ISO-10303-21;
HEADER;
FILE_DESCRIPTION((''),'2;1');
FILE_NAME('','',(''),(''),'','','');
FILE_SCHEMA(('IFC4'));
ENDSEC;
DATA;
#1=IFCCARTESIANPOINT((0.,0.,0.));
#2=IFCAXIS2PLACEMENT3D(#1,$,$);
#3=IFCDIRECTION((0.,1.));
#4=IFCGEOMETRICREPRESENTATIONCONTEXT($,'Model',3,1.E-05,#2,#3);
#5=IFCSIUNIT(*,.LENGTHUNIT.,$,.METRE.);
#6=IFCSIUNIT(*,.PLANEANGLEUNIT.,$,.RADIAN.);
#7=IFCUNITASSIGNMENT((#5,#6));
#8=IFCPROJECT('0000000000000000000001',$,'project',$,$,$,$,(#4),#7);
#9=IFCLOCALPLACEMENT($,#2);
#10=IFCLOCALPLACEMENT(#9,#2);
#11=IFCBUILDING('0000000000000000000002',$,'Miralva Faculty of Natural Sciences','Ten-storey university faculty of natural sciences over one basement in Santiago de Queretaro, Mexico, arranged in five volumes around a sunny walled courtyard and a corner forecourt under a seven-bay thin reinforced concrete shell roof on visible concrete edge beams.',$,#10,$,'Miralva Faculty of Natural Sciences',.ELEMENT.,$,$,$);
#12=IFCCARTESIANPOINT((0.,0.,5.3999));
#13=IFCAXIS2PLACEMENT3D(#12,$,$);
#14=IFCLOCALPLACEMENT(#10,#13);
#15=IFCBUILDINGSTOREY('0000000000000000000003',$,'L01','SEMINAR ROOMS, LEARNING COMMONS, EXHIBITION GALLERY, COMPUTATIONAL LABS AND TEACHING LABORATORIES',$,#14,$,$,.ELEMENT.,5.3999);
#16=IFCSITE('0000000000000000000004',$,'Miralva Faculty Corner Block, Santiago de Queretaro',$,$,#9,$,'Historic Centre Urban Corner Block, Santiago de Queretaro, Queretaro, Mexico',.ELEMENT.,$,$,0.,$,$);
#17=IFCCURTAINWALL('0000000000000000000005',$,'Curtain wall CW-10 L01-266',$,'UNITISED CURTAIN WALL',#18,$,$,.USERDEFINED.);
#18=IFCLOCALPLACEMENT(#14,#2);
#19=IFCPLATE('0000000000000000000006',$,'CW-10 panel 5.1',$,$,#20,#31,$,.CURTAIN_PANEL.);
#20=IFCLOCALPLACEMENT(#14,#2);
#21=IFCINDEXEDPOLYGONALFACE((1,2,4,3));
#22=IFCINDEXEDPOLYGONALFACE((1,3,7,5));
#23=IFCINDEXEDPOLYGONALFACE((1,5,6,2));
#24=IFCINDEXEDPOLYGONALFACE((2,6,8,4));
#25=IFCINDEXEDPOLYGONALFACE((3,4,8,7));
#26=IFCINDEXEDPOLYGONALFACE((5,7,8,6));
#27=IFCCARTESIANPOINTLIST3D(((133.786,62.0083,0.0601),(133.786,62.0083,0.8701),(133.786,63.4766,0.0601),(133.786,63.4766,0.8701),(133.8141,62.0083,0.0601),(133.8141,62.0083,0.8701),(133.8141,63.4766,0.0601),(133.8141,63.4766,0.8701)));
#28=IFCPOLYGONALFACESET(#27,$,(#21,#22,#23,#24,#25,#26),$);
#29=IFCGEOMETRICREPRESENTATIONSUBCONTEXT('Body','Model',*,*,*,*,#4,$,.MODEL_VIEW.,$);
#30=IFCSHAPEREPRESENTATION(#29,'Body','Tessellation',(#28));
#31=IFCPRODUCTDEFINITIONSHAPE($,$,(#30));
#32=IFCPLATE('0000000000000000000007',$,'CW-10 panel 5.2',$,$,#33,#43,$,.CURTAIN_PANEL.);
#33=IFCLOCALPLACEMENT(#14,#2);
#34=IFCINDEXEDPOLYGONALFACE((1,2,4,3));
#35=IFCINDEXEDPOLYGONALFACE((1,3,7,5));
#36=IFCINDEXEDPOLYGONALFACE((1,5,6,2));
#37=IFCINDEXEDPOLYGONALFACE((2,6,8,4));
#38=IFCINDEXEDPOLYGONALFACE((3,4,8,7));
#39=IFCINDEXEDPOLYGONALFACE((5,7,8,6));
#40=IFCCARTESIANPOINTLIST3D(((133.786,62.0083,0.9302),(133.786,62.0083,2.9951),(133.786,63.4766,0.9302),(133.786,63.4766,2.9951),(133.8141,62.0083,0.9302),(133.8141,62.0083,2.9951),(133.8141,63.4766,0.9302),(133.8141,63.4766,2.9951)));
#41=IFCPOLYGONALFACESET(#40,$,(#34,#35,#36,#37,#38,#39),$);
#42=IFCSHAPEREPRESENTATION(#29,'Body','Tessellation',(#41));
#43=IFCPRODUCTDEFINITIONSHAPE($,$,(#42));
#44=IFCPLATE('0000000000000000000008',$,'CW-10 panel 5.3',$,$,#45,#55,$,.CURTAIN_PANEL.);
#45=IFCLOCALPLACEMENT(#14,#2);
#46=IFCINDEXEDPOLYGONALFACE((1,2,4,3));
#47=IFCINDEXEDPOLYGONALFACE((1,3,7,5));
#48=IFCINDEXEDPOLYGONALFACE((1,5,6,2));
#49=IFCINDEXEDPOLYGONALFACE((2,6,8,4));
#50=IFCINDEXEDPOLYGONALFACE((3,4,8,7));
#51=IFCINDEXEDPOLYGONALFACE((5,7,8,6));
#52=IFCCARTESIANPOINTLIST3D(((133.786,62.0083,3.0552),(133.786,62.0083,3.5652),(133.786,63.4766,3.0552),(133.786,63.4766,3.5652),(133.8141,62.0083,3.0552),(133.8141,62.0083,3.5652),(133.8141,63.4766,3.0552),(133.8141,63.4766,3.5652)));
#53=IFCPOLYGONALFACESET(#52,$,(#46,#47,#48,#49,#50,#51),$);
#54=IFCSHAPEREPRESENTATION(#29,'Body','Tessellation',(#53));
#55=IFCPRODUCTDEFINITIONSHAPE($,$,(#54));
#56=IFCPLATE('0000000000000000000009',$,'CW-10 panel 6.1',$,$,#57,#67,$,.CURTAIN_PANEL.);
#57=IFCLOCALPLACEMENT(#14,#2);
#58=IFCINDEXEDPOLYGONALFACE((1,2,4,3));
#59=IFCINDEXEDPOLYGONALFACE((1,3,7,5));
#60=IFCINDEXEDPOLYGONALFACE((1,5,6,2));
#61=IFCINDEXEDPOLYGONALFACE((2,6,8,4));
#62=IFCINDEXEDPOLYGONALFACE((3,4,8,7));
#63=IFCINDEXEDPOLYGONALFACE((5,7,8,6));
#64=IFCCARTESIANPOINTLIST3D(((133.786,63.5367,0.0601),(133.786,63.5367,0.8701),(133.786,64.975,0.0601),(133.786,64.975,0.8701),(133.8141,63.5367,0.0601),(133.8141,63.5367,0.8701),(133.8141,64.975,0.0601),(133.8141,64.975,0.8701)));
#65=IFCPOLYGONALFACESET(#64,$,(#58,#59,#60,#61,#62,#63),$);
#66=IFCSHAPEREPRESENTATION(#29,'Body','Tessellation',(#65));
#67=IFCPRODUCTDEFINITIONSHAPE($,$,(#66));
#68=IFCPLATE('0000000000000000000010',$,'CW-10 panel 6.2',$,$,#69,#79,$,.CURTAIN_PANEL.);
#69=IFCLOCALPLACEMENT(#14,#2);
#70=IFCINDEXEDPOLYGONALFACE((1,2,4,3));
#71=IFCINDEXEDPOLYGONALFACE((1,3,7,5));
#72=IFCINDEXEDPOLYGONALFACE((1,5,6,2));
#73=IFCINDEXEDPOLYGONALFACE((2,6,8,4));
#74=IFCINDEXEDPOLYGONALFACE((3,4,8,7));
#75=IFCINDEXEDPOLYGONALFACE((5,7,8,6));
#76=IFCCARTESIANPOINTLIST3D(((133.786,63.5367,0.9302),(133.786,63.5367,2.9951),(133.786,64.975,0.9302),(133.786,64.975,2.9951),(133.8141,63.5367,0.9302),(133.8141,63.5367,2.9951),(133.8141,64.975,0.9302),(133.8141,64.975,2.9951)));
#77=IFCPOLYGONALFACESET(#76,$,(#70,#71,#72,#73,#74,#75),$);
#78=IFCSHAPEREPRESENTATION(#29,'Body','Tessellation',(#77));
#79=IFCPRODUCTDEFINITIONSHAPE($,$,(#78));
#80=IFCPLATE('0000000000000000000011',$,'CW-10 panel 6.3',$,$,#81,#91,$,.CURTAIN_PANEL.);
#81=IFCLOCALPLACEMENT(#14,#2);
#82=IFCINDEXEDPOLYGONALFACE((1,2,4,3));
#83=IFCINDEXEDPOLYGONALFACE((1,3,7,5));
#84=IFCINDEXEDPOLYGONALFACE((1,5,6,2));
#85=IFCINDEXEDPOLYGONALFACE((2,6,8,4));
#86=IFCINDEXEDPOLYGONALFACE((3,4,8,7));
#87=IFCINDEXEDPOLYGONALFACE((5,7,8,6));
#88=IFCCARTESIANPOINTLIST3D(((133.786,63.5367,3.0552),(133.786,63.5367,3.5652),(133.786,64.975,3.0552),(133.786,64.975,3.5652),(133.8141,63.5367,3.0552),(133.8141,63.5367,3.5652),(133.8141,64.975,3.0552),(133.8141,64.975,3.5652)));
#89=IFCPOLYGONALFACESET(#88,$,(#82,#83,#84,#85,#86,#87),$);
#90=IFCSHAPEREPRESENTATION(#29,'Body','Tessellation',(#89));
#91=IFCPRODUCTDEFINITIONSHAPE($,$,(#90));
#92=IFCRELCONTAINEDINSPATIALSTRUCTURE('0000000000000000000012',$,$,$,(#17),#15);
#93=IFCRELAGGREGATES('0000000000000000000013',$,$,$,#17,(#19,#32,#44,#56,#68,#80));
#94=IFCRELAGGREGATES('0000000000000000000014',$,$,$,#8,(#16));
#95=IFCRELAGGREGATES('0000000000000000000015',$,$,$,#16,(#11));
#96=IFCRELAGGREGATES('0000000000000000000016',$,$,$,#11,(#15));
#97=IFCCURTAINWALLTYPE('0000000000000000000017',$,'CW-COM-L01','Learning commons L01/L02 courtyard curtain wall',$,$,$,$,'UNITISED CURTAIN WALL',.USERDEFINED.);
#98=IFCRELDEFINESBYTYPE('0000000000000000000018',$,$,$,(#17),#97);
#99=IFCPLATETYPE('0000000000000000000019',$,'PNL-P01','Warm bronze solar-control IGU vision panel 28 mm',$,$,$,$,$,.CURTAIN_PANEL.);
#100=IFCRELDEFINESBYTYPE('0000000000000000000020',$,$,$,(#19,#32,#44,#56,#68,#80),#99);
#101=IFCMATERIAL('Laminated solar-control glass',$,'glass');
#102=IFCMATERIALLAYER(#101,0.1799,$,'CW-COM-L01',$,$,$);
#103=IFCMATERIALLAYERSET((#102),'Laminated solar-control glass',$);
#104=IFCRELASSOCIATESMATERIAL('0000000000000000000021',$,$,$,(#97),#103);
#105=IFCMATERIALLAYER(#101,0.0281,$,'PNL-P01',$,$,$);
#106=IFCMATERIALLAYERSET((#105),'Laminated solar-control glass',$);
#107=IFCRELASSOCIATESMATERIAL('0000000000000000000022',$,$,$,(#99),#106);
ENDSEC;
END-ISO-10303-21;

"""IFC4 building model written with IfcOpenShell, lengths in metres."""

from ifc_helpers import new_model, si_unit, direction, frame, origin, origin_2d, place, context, subcontext, project, spatial, rectangle, extrude, material, layer, layer_set, type_object, element, aggregate, save


model = new_model("IFC4")

# Units and contexts
model_context = context("Model", 3, precision=1e-05, world=origin(), true_north=direction((0.0, 1.0)))
body_context = subcontext(model_context, "Body", "Model", "MODEL_VIEW")
ifc_project = project(units=[si_unit("LENGTHUNIT", "METRE"), si_unit("PLANEANGLEUNIT", "RADIAN")], contexts=[model_context])

# Site, building, storey
site_placement = place(None, origin())
site = spatial("IfcSite", under=ifc_project, at=site_placement, Name="Miralva Faculty Corner Block, Santiago de Queretaro", LongName="Historic Centre Urban Corner Block, Santiago de Queretaro, Queretaro, Mexico", CompositionType="ELEMENT", RefElevation=0.0)
building_placement = place(site_placement, origin())
building = spatial("IfcBuilding", under=site, at=building_placement, Name="Miralva Faculty of Natural Sciences", Description="Ten-storey university faculty of natural sciences over one basement in Santiago de Queretaro, Mexico, arranged in five volumes around a sunny walled courtyard and a corner forecourt under a seven-bay thin reinforced concrete shell roof on visible concrete edge beams.", LongName="Miralva Faculty of Natural Sciences", CompositionType="ELEMENT")
storey_placement = place(building_placement, frame((0.0, 0.0, 5.3999)))
storey = spatial("IfcBuildingStorey", under=building, at=storey_placement, Name="L01", Description="SEMINAR ROOMS, LEARNING COMMONS, EXHIBITION GALLERY, COMPUTATIONAL LABS AND TEACHING LABORATORIES", CompositionType="ELEMENT", Elevation=5.3999)

# Curtain wall, plates
ifc_material_1 = material(Name="Laminated solar-control glass", Category="glass")
ifc_layer_1 = layer(ifc_material_1, 0.1799, Name="CW-COM-L01")
ifc_layer_set_1 = layer_set([ifc_layer_1], Name="Laminated solar-control glass")
curtain_wall_type = type_object("IfcCurtainWallType", Name="CW-COM-L01", Description="Learning commons L01/L02 courtyard curtain wall", ElementType="UNITISED CURTAIN WALL", PredefinedType="USERDEFINED", material=ifc_layer_set_1)
curtain_wall_placement = place(storey_placement, origin())
curtain_wall = element("IfcCurtainWall", 1, at=curtain_wall_placement, inside=storey, type_object=curtain_wall_type, Name="Curtain wall CW-10 L01-266", ObjectType="UNITISED CURTAIN WALL", PredefinedType="USERDEFINED")
ifc_layer_2 = layer(ifc_material_1, 0.0281, Name="PNL-P01")
ifc_layer_set_2 = layer_set([ifc_layer_2], Name="Laminated solar-control glass")
plate_type = type_object("IfcPlateType", Name="PNL-P01", Description="Warm bronze solar-control IGU vision panel 28 mm", PredefinedType="CURTAIN_PANEL", material=ifc_layer_set_2)
plate_1_placement = place(storey_placement, frame((133.8, 62.7424, 0.0601), z_axis=(0.0, 0.0, 1.0), x_axis=(0.0, 1.0, 0.0)))
plate_1 = element("IfcPlate", 2, at=plate_1_placement, type_object=plate_type, Name="CW-10 panel 5.1", PredefinedType="CURTAIN_PANEL", context=body_context, shape_type="SweptSolid", body=[
    extrude(rectangle(XDim=1.4683, YDim=0.0281, at=origin_2d()), origin(), (0.0, 0.0, 1.0), 0.8101),
])
plate_2_placement = place(storey_placement, frame((133.8, 62.7424, 0.9302), z_axis=(0.0, 0.0, 1.0), x_axis=(0.0, 1.0, 0.0)))
plate_2 = element("IfcPlate", 3, at=plate_2_placement, type_object=plate_type, Name="CW-10 panel 5.2", PredefinedType="CURTAIN_PANEL", context=body_context, shape_type="SweptSolid", body=[
    extrude(rectangle(XDim=1.4683, YDim=0.0281, at=origin_2d()), origin(), (0.0, 0.0, 1.0), 2.0649),
])
plate_3_placement = place(storey_placement, frame((133.8, 62.7424, 3.0552), z_axis=(0.0, 0.0, 1.0), x_axis=(0.0, 1.0, 0.0)))
plate_3 = element("IfcPlate", 4, at=plate_3_placement, type_object=plate_type, Name="CW-10 panel 5.3", PredefinedType="CURTAIN_PANEL", context=body_context, shape_type="SweptSolid", body=[
    extrude(rectangle(XDim=1.4683, YDim=0.0281, at=origin_2d()), origin(), (0.0, 0.0, 1.0), 0.51),
])
plate_4_placement = place(storey_placement, frame((133.8, 64.2559, 0.0601), z_axis=(0.0, 0.0, 1.0), x_axis=(0.0, 1.0, 0.0)))
plate_4 = element("IfcPlate", 5, at=plate_4_placement, type_object=plate_type, Name="CW-10 panel 6.1", PredefinedType="CURTAIN_PANEL", context=body_context, shape_type="SweptSolid", body=[
    extrude(rectangle(XDim=1.4382, YDim=0.0281, at=origin_2d()), origin(), (0.0, 0.0, 1.0), 0.8101),
])
plate_5_placement = place(storey_placement, frame((133.8, 64.2559, 0.9302), z_axis=(0.0, 0.0, 1.0), x_axis=(0.0, 1.0, 0.0)))
plate_5 = element("IfcPlate", 6, at=plate_5_placement, type_object=plate_type, Name="CW-10 panel 6.2", PredefinedType="CURTAIN_PANEL", context=body_context, shape_type="SweptSolid", body=[
    extrude(rectangle(XDim=1.4382, YDim=0.0281, at=origin_2d()), origin(), (0.0, 0.0, 1.0), 2.0649),
])
plate_6_placement = place(storey_placement, frame((133.8, 64.2559, 3.0552), z_axis=(0.0, 0.0, 1.0), x_axis=(0.0, 1.0, 0.0)))
plate_6 = element("IfcPlate", 7, at=plate_6_placement, type_object=plate_type, Name="CW-10 panel 6.3", PredefinedType="CURTAIN_PANEL", context=body_context, shape_type="SweptSolid", body=[
    extrude(rectangle(XDim=1.4382, YDim=0.0281, at=origin_2d()), origin(), (0.0, 0.0, 1.0), 0.51),
])
aggregate(curtain_wall, [plate_1, plate_2, plate_3, plate_4, plate_5, plate_6])

save(model, "model.ifc")
